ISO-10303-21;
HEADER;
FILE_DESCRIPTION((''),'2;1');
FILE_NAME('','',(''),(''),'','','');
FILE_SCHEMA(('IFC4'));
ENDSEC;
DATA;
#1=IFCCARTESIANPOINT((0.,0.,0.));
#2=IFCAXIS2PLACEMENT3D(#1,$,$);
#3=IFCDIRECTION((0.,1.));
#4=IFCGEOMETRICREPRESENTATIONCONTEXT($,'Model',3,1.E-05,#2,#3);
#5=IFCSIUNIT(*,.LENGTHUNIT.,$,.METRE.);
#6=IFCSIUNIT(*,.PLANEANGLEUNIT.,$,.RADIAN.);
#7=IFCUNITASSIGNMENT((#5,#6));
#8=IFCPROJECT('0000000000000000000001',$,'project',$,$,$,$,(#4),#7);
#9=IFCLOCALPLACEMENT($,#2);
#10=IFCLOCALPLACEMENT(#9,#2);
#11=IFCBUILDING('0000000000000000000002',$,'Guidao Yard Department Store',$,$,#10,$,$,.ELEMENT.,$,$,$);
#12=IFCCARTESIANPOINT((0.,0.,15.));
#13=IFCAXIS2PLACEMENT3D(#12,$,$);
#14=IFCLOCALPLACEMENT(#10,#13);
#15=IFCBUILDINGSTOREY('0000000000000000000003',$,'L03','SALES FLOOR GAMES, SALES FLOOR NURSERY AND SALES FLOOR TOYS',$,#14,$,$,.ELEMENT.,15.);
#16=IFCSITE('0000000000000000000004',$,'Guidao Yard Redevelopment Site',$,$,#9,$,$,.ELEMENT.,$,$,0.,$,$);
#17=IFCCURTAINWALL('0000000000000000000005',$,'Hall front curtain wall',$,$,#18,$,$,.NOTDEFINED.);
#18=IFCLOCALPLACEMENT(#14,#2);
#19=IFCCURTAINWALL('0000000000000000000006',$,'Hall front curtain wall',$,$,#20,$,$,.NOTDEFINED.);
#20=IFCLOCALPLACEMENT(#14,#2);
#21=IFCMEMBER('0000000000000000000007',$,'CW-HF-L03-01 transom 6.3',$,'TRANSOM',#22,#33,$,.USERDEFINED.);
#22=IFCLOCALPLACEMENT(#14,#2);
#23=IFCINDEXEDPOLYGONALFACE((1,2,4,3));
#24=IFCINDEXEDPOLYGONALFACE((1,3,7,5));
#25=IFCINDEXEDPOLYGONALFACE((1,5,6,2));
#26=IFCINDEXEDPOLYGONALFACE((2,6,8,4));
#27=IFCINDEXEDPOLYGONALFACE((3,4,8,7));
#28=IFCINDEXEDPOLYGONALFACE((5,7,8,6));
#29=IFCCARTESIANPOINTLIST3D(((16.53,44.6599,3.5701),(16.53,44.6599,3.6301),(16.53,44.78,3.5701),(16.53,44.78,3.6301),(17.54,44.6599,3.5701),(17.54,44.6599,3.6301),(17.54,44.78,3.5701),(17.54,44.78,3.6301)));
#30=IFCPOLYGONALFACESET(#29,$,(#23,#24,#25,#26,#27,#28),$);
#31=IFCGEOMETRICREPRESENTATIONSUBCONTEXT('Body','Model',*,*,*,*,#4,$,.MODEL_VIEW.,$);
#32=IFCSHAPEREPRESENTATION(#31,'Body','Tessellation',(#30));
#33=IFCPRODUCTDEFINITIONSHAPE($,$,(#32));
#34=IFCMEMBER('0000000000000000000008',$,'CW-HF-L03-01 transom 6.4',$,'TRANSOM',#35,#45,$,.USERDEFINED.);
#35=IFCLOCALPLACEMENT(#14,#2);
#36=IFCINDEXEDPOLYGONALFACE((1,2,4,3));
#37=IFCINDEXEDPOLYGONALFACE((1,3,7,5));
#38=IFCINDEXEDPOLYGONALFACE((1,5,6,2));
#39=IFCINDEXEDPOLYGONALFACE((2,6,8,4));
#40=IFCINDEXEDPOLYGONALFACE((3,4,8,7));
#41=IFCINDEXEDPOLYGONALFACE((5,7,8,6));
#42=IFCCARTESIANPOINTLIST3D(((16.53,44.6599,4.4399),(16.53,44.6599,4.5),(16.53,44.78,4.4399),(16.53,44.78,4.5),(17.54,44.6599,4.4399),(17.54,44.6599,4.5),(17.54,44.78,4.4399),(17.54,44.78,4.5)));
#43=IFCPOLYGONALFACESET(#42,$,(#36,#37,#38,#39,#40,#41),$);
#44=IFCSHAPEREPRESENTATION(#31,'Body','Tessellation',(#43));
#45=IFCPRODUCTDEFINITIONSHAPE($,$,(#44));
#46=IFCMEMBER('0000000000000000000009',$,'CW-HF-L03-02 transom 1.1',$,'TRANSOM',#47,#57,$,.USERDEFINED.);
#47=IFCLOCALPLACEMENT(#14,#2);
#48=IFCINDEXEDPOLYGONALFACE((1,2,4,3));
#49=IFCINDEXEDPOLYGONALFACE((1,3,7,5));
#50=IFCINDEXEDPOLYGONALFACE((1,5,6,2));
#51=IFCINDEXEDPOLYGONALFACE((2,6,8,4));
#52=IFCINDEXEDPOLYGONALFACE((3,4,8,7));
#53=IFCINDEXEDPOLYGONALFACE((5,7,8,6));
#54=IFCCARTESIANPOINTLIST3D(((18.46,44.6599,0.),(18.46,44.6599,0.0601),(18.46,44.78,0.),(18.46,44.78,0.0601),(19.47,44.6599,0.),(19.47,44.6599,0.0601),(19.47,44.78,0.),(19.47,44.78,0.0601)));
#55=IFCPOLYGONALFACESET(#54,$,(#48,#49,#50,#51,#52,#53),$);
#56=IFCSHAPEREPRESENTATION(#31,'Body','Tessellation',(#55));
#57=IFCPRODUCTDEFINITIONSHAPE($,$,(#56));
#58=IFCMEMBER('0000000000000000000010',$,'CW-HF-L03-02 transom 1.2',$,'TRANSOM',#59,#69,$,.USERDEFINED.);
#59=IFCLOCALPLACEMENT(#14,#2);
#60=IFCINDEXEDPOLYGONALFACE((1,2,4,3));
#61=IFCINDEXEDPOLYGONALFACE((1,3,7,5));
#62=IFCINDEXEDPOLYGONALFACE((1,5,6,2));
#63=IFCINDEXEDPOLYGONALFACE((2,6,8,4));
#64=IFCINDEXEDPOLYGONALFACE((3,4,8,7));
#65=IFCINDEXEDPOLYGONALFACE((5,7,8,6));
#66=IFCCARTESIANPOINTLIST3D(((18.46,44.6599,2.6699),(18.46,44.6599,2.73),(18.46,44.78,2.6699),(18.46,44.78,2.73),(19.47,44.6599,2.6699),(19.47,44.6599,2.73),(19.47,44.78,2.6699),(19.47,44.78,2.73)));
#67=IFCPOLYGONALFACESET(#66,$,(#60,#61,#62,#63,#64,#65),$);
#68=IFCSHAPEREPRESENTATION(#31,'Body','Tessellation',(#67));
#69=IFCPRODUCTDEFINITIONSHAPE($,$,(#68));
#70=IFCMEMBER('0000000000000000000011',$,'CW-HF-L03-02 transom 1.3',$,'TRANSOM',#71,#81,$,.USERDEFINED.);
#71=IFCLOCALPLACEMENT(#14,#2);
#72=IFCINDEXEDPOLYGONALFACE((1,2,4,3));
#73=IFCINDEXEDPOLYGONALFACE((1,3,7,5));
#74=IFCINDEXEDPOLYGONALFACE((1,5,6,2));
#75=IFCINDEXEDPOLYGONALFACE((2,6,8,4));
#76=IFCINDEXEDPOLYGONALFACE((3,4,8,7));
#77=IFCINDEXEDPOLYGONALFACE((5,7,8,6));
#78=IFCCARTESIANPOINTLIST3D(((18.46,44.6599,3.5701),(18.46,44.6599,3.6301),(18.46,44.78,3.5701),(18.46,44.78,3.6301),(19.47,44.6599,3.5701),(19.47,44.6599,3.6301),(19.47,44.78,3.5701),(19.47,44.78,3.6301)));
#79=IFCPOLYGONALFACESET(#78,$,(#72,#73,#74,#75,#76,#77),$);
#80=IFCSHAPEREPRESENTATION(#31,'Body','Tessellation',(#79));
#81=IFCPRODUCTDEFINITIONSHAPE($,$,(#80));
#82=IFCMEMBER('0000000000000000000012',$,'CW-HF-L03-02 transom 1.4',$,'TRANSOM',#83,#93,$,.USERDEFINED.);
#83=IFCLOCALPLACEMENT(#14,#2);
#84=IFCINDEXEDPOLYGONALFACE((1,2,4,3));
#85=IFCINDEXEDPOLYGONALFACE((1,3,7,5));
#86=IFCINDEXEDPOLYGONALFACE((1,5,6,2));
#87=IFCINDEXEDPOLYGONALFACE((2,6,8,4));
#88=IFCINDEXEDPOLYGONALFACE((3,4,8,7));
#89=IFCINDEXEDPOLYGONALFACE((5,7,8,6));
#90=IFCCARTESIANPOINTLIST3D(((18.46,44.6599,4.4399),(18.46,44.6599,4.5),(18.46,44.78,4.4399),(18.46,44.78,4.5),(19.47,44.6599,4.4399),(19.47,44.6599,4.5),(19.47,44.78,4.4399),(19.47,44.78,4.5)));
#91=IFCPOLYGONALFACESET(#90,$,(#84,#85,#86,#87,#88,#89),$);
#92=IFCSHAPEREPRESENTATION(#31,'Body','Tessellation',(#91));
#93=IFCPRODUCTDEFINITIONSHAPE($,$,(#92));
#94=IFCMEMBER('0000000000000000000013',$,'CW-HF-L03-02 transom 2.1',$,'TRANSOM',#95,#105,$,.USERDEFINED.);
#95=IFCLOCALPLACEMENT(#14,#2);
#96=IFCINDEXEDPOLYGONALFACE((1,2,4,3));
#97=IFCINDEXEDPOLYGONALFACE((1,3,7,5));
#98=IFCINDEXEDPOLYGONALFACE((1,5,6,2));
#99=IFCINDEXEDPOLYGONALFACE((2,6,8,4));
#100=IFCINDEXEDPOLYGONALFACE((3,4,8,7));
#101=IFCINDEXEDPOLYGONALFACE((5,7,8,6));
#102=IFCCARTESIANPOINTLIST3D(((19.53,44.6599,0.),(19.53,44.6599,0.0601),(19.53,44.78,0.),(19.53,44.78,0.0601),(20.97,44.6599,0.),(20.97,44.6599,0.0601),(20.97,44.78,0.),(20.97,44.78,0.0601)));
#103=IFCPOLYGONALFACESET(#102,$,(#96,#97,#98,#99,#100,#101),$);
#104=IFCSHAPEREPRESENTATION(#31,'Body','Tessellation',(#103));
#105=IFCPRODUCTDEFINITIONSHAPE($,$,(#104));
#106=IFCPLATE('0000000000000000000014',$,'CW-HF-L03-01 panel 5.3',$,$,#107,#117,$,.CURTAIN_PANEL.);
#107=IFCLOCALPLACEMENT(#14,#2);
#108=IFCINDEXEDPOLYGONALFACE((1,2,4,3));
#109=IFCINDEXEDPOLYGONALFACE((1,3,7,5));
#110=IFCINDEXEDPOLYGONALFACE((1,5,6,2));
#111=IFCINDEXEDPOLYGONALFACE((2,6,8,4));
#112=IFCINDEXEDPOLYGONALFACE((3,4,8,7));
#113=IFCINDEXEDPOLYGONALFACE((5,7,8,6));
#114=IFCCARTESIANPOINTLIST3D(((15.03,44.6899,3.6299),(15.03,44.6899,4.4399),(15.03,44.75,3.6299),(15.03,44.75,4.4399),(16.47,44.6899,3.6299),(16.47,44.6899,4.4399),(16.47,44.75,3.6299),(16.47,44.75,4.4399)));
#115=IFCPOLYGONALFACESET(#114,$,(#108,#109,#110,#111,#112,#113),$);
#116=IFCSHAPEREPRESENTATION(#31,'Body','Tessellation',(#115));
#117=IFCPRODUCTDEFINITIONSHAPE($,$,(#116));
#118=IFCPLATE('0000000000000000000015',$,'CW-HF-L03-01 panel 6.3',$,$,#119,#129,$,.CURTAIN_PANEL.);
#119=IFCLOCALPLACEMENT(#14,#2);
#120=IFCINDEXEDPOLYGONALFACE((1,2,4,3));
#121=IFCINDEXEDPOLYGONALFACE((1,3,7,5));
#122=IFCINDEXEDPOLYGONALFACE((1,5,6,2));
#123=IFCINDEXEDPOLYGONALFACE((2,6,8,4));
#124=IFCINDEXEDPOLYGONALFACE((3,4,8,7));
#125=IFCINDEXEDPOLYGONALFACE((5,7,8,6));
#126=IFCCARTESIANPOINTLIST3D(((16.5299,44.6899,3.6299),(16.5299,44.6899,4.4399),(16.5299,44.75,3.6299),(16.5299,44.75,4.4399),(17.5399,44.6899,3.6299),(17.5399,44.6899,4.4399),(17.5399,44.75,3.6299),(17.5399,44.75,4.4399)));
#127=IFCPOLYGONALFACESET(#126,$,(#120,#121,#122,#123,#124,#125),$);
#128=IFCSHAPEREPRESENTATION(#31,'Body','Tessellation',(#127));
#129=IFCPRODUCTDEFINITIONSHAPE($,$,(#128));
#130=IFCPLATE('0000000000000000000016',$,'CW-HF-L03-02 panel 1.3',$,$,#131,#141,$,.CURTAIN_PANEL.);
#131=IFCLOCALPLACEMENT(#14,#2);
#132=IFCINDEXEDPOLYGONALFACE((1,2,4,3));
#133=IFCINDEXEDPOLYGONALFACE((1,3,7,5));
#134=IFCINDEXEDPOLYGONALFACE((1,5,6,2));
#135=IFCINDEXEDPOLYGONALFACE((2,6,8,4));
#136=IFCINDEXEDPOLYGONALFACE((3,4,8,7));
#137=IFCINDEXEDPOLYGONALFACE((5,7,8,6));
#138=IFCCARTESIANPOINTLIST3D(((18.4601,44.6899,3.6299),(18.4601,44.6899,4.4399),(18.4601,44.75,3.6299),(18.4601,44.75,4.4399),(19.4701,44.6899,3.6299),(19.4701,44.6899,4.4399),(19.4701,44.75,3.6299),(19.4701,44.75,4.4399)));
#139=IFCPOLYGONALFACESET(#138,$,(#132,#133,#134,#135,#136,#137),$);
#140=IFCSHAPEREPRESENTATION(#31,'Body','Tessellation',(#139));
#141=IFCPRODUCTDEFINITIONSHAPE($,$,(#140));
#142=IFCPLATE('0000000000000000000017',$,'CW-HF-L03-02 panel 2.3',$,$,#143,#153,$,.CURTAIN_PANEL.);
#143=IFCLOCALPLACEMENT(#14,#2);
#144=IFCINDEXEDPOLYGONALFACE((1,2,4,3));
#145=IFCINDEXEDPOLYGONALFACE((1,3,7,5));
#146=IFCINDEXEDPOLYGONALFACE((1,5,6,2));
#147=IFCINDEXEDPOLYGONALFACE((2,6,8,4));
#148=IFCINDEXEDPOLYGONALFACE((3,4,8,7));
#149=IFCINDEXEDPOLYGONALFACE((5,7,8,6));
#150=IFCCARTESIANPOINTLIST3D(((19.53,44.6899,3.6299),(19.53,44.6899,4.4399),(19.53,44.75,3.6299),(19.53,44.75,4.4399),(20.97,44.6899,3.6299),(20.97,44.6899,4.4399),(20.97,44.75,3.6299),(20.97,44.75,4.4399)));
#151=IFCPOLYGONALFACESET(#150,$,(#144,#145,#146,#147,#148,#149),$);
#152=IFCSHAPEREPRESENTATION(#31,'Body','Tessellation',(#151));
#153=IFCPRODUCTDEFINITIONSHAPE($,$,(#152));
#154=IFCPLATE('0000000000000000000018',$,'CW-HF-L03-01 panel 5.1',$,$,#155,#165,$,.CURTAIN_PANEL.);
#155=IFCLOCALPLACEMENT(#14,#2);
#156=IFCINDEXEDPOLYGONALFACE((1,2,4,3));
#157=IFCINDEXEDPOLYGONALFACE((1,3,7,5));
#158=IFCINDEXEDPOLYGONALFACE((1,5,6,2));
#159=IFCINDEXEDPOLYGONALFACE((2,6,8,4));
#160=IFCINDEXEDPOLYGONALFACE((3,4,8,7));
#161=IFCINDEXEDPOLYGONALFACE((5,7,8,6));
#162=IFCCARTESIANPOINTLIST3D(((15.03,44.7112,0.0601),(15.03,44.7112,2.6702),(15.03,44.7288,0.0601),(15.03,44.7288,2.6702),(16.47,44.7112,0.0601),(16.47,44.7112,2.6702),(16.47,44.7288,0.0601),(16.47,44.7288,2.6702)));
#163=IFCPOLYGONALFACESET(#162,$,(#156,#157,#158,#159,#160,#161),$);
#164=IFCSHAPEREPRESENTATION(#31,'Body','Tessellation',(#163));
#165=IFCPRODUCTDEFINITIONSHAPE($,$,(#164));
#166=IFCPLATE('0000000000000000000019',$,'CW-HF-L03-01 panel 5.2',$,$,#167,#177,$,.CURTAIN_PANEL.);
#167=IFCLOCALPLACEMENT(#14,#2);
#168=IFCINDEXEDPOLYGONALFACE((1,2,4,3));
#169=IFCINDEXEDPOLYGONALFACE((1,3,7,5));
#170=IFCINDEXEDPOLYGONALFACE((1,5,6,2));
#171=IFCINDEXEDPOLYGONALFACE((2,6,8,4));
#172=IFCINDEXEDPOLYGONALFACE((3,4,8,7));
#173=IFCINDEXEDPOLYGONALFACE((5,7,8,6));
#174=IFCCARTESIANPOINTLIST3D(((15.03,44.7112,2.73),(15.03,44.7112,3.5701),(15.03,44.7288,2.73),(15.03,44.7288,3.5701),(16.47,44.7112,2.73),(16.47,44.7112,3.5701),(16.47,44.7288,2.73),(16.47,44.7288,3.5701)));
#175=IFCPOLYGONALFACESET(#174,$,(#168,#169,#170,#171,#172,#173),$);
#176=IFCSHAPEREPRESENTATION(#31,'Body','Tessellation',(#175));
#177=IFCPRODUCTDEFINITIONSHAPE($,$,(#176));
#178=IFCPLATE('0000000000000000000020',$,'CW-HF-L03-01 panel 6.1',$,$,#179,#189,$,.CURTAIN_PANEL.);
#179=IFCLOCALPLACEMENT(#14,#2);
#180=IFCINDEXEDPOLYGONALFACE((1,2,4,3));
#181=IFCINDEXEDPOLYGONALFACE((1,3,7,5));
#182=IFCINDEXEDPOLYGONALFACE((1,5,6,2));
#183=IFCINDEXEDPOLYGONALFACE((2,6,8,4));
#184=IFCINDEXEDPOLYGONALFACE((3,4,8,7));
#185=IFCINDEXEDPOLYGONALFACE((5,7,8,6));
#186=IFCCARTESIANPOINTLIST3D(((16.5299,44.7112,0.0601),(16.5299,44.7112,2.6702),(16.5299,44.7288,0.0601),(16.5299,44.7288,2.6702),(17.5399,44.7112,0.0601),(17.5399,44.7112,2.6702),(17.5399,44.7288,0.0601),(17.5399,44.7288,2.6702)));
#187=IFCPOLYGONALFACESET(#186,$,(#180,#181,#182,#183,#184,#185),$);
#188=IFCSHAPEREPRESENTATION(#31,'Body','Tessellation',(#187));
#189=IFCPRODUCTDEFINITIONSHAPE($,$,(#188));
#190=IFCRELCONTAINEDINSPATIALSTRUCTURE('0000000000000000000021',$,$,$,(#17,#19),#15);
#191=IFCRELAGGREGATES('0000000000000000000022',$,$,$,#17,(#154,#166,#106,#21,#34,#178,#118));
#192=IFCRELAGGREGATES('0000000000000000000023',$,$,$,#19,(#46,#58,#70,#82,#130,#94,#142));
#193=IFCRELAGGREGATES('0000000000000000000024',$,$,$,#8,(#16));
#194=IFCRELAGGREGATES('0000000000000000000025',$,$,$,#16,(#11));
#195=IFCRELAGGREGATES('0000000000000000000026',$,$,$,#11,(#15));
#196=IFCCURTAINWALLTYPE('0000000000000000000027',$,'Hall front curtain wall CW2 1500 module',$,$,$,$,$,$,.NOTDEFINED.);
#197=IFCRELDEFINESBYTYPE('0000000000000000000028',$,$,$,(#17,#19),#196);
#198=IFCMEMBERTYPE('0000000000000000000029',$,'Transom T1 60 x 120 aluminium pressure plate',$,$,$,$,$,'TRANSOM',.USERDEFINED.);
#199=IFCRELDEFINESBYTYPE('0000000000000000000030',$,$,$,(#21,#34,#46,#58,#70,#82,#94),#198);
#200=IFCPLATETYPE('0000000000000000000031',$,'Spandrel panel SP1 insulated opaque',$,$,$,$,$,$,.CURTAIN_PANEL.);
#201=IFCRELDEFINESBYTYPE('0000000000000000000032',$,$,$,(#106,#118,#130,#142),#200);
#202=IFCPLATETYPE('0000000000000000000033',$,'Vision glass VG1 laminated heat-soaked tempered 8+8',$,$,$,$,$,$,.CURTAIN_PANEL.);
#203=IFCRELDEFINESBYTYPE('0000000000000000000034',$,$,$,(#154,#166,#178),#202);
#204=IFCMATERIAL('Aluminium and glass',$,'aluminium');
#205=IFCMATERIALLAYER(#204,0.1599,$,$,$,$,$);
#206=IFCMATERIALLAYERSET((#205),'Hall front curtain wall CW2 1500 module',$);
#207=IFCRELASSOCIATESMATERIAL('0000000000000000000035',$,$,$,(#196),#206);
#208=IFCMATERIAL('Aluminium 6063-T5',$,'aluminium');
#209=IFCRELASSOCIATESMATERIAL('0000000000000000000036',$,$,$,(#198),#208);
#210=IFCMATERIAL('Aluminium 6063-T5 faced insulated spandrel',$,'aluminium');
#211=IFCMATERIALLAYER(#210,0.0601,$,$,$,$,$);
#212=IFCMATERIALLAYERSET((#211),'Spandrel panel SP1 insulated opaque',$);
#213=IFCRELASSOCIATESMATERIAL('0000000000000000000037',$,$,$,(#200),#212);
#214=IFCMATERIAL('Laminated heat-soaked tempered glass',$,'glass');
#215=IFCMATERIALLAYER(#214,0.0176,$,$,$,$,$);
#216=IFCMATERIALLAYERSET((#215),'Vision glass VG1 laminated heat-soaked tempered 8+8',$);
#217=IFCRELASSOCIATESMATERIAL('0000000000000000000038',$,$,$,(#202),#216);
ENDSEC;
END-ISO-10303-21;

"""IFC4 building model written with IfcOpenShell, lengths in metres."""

from ifc_helpers import new_model, si_unit, direction, frame, origin, origin_2d, place, context, subcontext, project, spatial, rectangle, extrude, material, layer, layer_set, material_profile, profile_set, type_object, element, aggregate, save


model = new_model("IFC4")

# Units and contexts
model_context = context("Model", 3, precision=1e-05, world=origin(), true_north=direction((0.0, 1.0)))
body_context = subcontext(model_context, "Body", "Model", "MODEL_VIEW")
ifc_project = project(units=[si_unit("LENGTHUNIT", "METRE"), si_unit("PLANEANGLEUNIT", "RADIAN")], contexts=[model_context])

# Site, building, storey
site_placement = place(None, origin())
site = spatial("IfcSite", under=ifc_project, at=site_placement, Name="Guidao Yard Redevelopment Site", CompositionType="ELEMENT", RefElevation=0.0)
building_placement = place(site_placement, origin())
building = spatial("IfcBuilding", under=site, at=building_placement, Name="Guidao Yard Department Store", CompositionType="ELEMENT")
storey_placement = place(building_placement, frame((0.0, 0.0, 15.0)))
storey = spatial("IfcBuildingStorey", under=building, at=storey_placement, Name="L03", Description="SALES FLOOR GAMES, SALES FLOOR NURSERY AND SALES FLOOR TOYS", CompositionType="ELEMENT", Elevation=15.0)

# Curtain walls
ifc_material_1 = material(Name="Aluminium and glass", Category="aluminium")
ifc_layer_1 = layer(ifc_material_1, 0.1599)
ifc_layer_set_1 = layer_set([ifc_layer_1], Name="Hall front curtain wall CW2 1500 module")
curtain_wall_type = type_object("IfcCurtainWallType", Name="Hall front curtain wall CW2 1500 module", PredefinedType="NOTDEFINED", material=ifc_layer_set_1)
curtain_wall_1_placement = place(storey_placement, origin())
curtain_wall_1 = element("IfcCurtainWall", 1, at=curtain_wall_1_placement, inside=storey, type_object=curtain_wall_type, Name="Hall front curtain wall", PredefinedType="NOTDEFINED")
curtain_wall_2_placement = place(storey_placement, origin())
curtain_wall_2 = element("IfcCurtainWall", 2, at=curtain_wall_2_placement, inside=storey, type_object=curtain_wall_type, Name="Hall front curtain wall", PredefinedType="NOTDEFINED")

# Members
ifc_material_2 = material(Name="Aluminium 6063-T5", Category="aluminium")
ifc_material_profile_1 = material_profile(ifc_material_2, rectangle(XDim=0.1201, YDim=0.0601, at=origin_2d()), Name="Transom T1 60 x 120 aluminium pressure plate")
ifc_profile_set_1 = profile_set([ifc_material_profile_1], Name="Aluminium 6063-T5")
member_type_1 = type_object("IfcMemberType", Name="Transom T1 60 x 120 aluminium pressure plate", ElementType="TRANSOM", PredefinedType="USERDEFINED", material=ifc_profile_set_1)
member_1_placement = place(storey_placement, frame((17.54, 44.72, 3.6001), z_axis=(-1.0, 0.0, 0.0), x_axis=(0.0, -1.0, 0.0)))
member_1 = element("IfcMember", 3, at=member_1_placement, type_object=member_type_1, Name="CW-HF-L03-01 transom 6.3", ObjectType="TRANSOM", PredefinedType="USERDEFINED", context=body_context, shape_type="SweptSolid", body=[
    extrude(rectangle(XDim=0.1201, YDim=0.0601, at=origin_2d()), origin(), (0.0, 0.0, 1.0), 1.01),
])
member_2_placement = place(storey_placement, frame((17.54, 44.72, 4.47), z_axis=(-1.0, 0.0, 0.0), x_axis=(0.0, -1.0, 0.0)))
member_2 = element("IfcMember", 4, at=member_2_placement, type_object=member_type_1, Name="CW-HF-L03-01 transom 6.4", ObjectType="TRANSOM", PredefinedType="USERDEFINED", context=body_context, shape_type="SweptSolid", body=[
    extrude(rectangle(XDim=0.1201, YDim=0.0601, at=origin_2d()), origin(), (0.0, 0.0, 1.0), 1.01),
])
member_3_placement = place(storey_placement, frame((19.47, 44.72, 0.03), z_axis=(-1.0, 0.0, 0.0), x_axis=(0.0, -1.0, 0.0)))
member_3 = element("IfcMember", 5, at=member_3_placement, type_object=member_type_1, Name="CW-HF-L03-02 transom 1.1", ObjectType="TRANSOM", PredefinedType="USERDEFINED", context=body_context, shape_type="SweptSolid", body=[
    extrude(rectangle(XDim=0.1201, YDim=0.0601, at=origin_2d()), origin(), (0.0, 0.0, 1.0), 1.01),
])
member_4_placement = place(storey_placement, frame((19.47, 44.72, 2.7), z_axis=(-1.0, 0.0, 0.0), x_axis=(0.0, -1.0, 0.0)))
member_4 = element("IfcMember", 6, at=member_4_placement, type_object=member_type_1, Name="CW-HF-L03-02 transom 1.2", ObjectType="TRANSOM", PredefinedType="USERDEFINED", context=body_context, shape_type="SweptSolid", body=[
    extrude(rectangle(XDim=0.1201, YDim=0.0601, at=origin_2d()), origin(), (0.0, 0.0, 1.0), 1.01),
])
member_5_placement = place(storey_placement, frame((19.47, 44.72, 3.6001), z_axis=(-1.0, 0.0, 0.0), x_axis=(0.0, -1.0, 0.0)))
member_5 = element("IfcMember", 7, at=member_5_placement, type_object=member_type_1, Name="CW-HF-L03-02 transom 1.3", ObjectType="TRANSOM", PredefinedType="USERDEFINED", context=body_context, shape_type="SweptSolid", body=[
    extrude(rectangle(XDim=0.1201, YDim=0.0601, at=origin_2d()), origin(), (0.0, 0.0, 1.0), 1.01),
])
member_6_placement = place(storey_placement, frame((19.47, 44.72, 4.47), z_axis=(-1.0, 0.0, 0.0), x_axis=(0.0, -1.0, 0.0)))
member_6 = element("IfcMember", 8, at=member_6_placement, type_object=member_type_1, Name="CW-HF-L03-02 transom 1.4", ObjectType="TRANSOM", PredefinedType="USERDEFINED", context=body_context, shape_type="SweptSolid", body=[
    extrude(rectangle(XDim=0.1201, YDim=0.0601, at=origin_2d()), origin(), (0.0, 0.0, 1.0), 1.01),
])
member_7_placement = place(storey_placement, frame((20.97, 44.72, 0.03), z_axis=(-1.0, 0.0, 0.0), x_axis=(0.0, -1.0, 0.0)))
member_7 = element("IfcMember", 9, at=member_7_placement, type_object=member_type_1, Name="CW-HF-L03-02 transom 2.1", ObjectType="TRANSOM", PredefinedType="USERDEFINED", context=body_context, shape_type="SweptSolid", body=[
    extrude(rectangle(XDim=0.1201, YDim=0.0601, at=origin_2d()), origin(), (0.0, 0.0, 1.0), 1.4399),
])

# Plates
ifc_material_3 = material(Name="Aluminium 6063-T5 faced insulated spandrel", Category="aluminium")
ifc_layer_2 = layer(ifc_material_3, 0.0601)
ifc_layer_set_2 = layer_set([ifc_layer_2], Name="Spandrel panel SP1 insulated opaque")
plate_type_1 = type_object("IfcPlateType", Name="Spandrel panel SP1 insulated opaque", PredefinedType="CURTAIN_PANEL", material=ifc_layer_set_2)
plate_1_placement = place(storey_placement, frame((15.75, 44.72, 3.6299), z_axis=(0.0, 0.0, 1.0), x_axis=(-1.0, 0.0, 0.0)))
plate_1 = element("IfcPlate", 10, at=plate_1_placement, type_object=plate_type_1, Name="CW-HF-L03-01 panel 5.3", PredefinedType="CURTAIN_PANEL", context=body_context, shape_type="SweptSolid", body=[
    extrude(rectangle(XDim=1.4399, YDim=0.0601, at=origin_2d()), origin(), (0.0, 0.0, 1.0), 0.8101),
])
plate_2_placement = place(storey_placement, frame((17.0349, 44.72, 3.6299), z_axis=(0.0, 0.0, 1.0), x_axis=(-1.0, 0.0, 0.0)))
plate_2 = element("IfcPlate", 11, at=plate_2_placement, type_object=plate_type_1, Name="CW-HF-L03-01 panel 6.3", PredefinedType="CURTAIN_PANEL", context=body_context, shape_type="SweptSolid", body=[
    extrude(rectangle(XDim=1.01, YDim=0.0601, at=origin_2d()), origin(), (0.0, 0.0, 1.0), 0.8101),
])
plate_3_placement = place(storey_placement, frame((18.9651, 44.72, 3.6299), z_axis=(0.0, 0.0, 1.0), x_axis=(-1.0, 0.0, 0.0)))
plate_3 = element("IfcPlate", 12, at=plate_3_placement, type_object=plate_type_1, Name="CW-HF-L03-02 panel 1.3", PredefinedType="CURTAIN_PANEL", context=body_context, shape_type="SweptSolid", body=[
    extrude(rectangle(XDim=1.01, YDim=0.0601, at=origin_2d()), origin(), (0.0, 0.0, 1.0), 0.8101),
])
plate_4_placement = place(storey_placement, frame((20.25, 44.72, 3.6299), z_axis=(0.0, 0.0, 1.0), x_axis=(-1.0, 0.0, 0.0)))
plate_4 = element("IfcPlate", 13, at=plate_4_placement, type_object=plate_type_1, Name="CW-HF-L03-02 panel 2.3", PredefinedType="CURTAIN_PANEL", context=body_context, shape_type="SweptSolid", body=[
    extrude(rectangle(XDim=1.4399, YDim=0.0601, at=origin_2d()), origin(), (0.0, 0.0, 1.0), 0.8101),
])
ifc_material_4 = material(Name="Laminated heat-soaked tempered glass", Category="glass")
ifc_layer_3 = layer(ifc_material_4, 0.0176)
ifc_layer_set_3 = layer_set([ifc_layer_3], Name="Vision glass VG1 laminated heat-soaked tempered 8+8")
plate_type_2 = type_object("IfcPlateType", Name="Vision glass VG1 laminated heat-soaked tempered 8+8", PredefinedType="CURTAIN_PANEL", material=ifc_layer_set_3)
plate_5_placement = place(storey_placement, frame((15.75, 44.72, 0.0601), z_axis=(0.0, 0.0, 1.0), x_axis=(-1.0, 0.0, 0.0)))
plate_5 = element("IfcPlate", 14, at=plate_5_placement, type_object=plate_type_2, Name="CW-HF-L03-01 panel 5.1", PredefinedType="CURTAIN_PANEL", context=body_context, shape_type="SweptSolid", body=[
    extrude(rectangle(XDim=1.4399, YDim=0.0176, at=origin_2d()), origin(), (0.0, 0.0, 1.0), 2.6101),
])
plate_6_placement = place(storey_placement, frame((15.75, 44.72, 2.73), z_axis=(0.0, 0.0, 1.0), x_axis=(-1.0, 0.0, 0.0)))
plate_6 = element("IfcPlate", 15, at=plate_6_placement, type_object=plate_type_2, Name="CW-HF-L03-01 panel 5.2", PredefinedType="CURTAIN_PANEL", context=body_context, shape_type="SweptSolid", body=[
    extrude(rectangle(XDim=1.4399, YDim=0.0176, at=origin_2d()), origin(), (0.0, 0.0, 1.0), 0.8401),
])
plate_7_placement = place(storey_placement, frame((17.0349, 44.72, 0.0601), z_axis=(0.0, 0.0, 1.0), x_axis=(-1.0, 0.0, 0.0)))
plate_7 = element("IfcPlate", 16, at=plate_7_placement, type_object=plate_type_2, Name="CW-HF-L03-01 panel 6.1", PredefinedType="CURTAIN_PANEL", context=body_context, shape_type="SweptSolid", body=[
    extrude(rectangle(XDim=1.01, YDim=0.0176, at=origin_2d()), origin(), (0.0, 0.0, 1.0), 2.6101),
])
aggregate(curtain_wall_1, [plate_5, plate_6, plate_1, member_1, member_2, plate_7, plate_2])
aggregate(curtain_wall_2, [member_3, member_4, member_5, member_6, plate_3, member_7, plate_4])

save(model, "model.ifc")
